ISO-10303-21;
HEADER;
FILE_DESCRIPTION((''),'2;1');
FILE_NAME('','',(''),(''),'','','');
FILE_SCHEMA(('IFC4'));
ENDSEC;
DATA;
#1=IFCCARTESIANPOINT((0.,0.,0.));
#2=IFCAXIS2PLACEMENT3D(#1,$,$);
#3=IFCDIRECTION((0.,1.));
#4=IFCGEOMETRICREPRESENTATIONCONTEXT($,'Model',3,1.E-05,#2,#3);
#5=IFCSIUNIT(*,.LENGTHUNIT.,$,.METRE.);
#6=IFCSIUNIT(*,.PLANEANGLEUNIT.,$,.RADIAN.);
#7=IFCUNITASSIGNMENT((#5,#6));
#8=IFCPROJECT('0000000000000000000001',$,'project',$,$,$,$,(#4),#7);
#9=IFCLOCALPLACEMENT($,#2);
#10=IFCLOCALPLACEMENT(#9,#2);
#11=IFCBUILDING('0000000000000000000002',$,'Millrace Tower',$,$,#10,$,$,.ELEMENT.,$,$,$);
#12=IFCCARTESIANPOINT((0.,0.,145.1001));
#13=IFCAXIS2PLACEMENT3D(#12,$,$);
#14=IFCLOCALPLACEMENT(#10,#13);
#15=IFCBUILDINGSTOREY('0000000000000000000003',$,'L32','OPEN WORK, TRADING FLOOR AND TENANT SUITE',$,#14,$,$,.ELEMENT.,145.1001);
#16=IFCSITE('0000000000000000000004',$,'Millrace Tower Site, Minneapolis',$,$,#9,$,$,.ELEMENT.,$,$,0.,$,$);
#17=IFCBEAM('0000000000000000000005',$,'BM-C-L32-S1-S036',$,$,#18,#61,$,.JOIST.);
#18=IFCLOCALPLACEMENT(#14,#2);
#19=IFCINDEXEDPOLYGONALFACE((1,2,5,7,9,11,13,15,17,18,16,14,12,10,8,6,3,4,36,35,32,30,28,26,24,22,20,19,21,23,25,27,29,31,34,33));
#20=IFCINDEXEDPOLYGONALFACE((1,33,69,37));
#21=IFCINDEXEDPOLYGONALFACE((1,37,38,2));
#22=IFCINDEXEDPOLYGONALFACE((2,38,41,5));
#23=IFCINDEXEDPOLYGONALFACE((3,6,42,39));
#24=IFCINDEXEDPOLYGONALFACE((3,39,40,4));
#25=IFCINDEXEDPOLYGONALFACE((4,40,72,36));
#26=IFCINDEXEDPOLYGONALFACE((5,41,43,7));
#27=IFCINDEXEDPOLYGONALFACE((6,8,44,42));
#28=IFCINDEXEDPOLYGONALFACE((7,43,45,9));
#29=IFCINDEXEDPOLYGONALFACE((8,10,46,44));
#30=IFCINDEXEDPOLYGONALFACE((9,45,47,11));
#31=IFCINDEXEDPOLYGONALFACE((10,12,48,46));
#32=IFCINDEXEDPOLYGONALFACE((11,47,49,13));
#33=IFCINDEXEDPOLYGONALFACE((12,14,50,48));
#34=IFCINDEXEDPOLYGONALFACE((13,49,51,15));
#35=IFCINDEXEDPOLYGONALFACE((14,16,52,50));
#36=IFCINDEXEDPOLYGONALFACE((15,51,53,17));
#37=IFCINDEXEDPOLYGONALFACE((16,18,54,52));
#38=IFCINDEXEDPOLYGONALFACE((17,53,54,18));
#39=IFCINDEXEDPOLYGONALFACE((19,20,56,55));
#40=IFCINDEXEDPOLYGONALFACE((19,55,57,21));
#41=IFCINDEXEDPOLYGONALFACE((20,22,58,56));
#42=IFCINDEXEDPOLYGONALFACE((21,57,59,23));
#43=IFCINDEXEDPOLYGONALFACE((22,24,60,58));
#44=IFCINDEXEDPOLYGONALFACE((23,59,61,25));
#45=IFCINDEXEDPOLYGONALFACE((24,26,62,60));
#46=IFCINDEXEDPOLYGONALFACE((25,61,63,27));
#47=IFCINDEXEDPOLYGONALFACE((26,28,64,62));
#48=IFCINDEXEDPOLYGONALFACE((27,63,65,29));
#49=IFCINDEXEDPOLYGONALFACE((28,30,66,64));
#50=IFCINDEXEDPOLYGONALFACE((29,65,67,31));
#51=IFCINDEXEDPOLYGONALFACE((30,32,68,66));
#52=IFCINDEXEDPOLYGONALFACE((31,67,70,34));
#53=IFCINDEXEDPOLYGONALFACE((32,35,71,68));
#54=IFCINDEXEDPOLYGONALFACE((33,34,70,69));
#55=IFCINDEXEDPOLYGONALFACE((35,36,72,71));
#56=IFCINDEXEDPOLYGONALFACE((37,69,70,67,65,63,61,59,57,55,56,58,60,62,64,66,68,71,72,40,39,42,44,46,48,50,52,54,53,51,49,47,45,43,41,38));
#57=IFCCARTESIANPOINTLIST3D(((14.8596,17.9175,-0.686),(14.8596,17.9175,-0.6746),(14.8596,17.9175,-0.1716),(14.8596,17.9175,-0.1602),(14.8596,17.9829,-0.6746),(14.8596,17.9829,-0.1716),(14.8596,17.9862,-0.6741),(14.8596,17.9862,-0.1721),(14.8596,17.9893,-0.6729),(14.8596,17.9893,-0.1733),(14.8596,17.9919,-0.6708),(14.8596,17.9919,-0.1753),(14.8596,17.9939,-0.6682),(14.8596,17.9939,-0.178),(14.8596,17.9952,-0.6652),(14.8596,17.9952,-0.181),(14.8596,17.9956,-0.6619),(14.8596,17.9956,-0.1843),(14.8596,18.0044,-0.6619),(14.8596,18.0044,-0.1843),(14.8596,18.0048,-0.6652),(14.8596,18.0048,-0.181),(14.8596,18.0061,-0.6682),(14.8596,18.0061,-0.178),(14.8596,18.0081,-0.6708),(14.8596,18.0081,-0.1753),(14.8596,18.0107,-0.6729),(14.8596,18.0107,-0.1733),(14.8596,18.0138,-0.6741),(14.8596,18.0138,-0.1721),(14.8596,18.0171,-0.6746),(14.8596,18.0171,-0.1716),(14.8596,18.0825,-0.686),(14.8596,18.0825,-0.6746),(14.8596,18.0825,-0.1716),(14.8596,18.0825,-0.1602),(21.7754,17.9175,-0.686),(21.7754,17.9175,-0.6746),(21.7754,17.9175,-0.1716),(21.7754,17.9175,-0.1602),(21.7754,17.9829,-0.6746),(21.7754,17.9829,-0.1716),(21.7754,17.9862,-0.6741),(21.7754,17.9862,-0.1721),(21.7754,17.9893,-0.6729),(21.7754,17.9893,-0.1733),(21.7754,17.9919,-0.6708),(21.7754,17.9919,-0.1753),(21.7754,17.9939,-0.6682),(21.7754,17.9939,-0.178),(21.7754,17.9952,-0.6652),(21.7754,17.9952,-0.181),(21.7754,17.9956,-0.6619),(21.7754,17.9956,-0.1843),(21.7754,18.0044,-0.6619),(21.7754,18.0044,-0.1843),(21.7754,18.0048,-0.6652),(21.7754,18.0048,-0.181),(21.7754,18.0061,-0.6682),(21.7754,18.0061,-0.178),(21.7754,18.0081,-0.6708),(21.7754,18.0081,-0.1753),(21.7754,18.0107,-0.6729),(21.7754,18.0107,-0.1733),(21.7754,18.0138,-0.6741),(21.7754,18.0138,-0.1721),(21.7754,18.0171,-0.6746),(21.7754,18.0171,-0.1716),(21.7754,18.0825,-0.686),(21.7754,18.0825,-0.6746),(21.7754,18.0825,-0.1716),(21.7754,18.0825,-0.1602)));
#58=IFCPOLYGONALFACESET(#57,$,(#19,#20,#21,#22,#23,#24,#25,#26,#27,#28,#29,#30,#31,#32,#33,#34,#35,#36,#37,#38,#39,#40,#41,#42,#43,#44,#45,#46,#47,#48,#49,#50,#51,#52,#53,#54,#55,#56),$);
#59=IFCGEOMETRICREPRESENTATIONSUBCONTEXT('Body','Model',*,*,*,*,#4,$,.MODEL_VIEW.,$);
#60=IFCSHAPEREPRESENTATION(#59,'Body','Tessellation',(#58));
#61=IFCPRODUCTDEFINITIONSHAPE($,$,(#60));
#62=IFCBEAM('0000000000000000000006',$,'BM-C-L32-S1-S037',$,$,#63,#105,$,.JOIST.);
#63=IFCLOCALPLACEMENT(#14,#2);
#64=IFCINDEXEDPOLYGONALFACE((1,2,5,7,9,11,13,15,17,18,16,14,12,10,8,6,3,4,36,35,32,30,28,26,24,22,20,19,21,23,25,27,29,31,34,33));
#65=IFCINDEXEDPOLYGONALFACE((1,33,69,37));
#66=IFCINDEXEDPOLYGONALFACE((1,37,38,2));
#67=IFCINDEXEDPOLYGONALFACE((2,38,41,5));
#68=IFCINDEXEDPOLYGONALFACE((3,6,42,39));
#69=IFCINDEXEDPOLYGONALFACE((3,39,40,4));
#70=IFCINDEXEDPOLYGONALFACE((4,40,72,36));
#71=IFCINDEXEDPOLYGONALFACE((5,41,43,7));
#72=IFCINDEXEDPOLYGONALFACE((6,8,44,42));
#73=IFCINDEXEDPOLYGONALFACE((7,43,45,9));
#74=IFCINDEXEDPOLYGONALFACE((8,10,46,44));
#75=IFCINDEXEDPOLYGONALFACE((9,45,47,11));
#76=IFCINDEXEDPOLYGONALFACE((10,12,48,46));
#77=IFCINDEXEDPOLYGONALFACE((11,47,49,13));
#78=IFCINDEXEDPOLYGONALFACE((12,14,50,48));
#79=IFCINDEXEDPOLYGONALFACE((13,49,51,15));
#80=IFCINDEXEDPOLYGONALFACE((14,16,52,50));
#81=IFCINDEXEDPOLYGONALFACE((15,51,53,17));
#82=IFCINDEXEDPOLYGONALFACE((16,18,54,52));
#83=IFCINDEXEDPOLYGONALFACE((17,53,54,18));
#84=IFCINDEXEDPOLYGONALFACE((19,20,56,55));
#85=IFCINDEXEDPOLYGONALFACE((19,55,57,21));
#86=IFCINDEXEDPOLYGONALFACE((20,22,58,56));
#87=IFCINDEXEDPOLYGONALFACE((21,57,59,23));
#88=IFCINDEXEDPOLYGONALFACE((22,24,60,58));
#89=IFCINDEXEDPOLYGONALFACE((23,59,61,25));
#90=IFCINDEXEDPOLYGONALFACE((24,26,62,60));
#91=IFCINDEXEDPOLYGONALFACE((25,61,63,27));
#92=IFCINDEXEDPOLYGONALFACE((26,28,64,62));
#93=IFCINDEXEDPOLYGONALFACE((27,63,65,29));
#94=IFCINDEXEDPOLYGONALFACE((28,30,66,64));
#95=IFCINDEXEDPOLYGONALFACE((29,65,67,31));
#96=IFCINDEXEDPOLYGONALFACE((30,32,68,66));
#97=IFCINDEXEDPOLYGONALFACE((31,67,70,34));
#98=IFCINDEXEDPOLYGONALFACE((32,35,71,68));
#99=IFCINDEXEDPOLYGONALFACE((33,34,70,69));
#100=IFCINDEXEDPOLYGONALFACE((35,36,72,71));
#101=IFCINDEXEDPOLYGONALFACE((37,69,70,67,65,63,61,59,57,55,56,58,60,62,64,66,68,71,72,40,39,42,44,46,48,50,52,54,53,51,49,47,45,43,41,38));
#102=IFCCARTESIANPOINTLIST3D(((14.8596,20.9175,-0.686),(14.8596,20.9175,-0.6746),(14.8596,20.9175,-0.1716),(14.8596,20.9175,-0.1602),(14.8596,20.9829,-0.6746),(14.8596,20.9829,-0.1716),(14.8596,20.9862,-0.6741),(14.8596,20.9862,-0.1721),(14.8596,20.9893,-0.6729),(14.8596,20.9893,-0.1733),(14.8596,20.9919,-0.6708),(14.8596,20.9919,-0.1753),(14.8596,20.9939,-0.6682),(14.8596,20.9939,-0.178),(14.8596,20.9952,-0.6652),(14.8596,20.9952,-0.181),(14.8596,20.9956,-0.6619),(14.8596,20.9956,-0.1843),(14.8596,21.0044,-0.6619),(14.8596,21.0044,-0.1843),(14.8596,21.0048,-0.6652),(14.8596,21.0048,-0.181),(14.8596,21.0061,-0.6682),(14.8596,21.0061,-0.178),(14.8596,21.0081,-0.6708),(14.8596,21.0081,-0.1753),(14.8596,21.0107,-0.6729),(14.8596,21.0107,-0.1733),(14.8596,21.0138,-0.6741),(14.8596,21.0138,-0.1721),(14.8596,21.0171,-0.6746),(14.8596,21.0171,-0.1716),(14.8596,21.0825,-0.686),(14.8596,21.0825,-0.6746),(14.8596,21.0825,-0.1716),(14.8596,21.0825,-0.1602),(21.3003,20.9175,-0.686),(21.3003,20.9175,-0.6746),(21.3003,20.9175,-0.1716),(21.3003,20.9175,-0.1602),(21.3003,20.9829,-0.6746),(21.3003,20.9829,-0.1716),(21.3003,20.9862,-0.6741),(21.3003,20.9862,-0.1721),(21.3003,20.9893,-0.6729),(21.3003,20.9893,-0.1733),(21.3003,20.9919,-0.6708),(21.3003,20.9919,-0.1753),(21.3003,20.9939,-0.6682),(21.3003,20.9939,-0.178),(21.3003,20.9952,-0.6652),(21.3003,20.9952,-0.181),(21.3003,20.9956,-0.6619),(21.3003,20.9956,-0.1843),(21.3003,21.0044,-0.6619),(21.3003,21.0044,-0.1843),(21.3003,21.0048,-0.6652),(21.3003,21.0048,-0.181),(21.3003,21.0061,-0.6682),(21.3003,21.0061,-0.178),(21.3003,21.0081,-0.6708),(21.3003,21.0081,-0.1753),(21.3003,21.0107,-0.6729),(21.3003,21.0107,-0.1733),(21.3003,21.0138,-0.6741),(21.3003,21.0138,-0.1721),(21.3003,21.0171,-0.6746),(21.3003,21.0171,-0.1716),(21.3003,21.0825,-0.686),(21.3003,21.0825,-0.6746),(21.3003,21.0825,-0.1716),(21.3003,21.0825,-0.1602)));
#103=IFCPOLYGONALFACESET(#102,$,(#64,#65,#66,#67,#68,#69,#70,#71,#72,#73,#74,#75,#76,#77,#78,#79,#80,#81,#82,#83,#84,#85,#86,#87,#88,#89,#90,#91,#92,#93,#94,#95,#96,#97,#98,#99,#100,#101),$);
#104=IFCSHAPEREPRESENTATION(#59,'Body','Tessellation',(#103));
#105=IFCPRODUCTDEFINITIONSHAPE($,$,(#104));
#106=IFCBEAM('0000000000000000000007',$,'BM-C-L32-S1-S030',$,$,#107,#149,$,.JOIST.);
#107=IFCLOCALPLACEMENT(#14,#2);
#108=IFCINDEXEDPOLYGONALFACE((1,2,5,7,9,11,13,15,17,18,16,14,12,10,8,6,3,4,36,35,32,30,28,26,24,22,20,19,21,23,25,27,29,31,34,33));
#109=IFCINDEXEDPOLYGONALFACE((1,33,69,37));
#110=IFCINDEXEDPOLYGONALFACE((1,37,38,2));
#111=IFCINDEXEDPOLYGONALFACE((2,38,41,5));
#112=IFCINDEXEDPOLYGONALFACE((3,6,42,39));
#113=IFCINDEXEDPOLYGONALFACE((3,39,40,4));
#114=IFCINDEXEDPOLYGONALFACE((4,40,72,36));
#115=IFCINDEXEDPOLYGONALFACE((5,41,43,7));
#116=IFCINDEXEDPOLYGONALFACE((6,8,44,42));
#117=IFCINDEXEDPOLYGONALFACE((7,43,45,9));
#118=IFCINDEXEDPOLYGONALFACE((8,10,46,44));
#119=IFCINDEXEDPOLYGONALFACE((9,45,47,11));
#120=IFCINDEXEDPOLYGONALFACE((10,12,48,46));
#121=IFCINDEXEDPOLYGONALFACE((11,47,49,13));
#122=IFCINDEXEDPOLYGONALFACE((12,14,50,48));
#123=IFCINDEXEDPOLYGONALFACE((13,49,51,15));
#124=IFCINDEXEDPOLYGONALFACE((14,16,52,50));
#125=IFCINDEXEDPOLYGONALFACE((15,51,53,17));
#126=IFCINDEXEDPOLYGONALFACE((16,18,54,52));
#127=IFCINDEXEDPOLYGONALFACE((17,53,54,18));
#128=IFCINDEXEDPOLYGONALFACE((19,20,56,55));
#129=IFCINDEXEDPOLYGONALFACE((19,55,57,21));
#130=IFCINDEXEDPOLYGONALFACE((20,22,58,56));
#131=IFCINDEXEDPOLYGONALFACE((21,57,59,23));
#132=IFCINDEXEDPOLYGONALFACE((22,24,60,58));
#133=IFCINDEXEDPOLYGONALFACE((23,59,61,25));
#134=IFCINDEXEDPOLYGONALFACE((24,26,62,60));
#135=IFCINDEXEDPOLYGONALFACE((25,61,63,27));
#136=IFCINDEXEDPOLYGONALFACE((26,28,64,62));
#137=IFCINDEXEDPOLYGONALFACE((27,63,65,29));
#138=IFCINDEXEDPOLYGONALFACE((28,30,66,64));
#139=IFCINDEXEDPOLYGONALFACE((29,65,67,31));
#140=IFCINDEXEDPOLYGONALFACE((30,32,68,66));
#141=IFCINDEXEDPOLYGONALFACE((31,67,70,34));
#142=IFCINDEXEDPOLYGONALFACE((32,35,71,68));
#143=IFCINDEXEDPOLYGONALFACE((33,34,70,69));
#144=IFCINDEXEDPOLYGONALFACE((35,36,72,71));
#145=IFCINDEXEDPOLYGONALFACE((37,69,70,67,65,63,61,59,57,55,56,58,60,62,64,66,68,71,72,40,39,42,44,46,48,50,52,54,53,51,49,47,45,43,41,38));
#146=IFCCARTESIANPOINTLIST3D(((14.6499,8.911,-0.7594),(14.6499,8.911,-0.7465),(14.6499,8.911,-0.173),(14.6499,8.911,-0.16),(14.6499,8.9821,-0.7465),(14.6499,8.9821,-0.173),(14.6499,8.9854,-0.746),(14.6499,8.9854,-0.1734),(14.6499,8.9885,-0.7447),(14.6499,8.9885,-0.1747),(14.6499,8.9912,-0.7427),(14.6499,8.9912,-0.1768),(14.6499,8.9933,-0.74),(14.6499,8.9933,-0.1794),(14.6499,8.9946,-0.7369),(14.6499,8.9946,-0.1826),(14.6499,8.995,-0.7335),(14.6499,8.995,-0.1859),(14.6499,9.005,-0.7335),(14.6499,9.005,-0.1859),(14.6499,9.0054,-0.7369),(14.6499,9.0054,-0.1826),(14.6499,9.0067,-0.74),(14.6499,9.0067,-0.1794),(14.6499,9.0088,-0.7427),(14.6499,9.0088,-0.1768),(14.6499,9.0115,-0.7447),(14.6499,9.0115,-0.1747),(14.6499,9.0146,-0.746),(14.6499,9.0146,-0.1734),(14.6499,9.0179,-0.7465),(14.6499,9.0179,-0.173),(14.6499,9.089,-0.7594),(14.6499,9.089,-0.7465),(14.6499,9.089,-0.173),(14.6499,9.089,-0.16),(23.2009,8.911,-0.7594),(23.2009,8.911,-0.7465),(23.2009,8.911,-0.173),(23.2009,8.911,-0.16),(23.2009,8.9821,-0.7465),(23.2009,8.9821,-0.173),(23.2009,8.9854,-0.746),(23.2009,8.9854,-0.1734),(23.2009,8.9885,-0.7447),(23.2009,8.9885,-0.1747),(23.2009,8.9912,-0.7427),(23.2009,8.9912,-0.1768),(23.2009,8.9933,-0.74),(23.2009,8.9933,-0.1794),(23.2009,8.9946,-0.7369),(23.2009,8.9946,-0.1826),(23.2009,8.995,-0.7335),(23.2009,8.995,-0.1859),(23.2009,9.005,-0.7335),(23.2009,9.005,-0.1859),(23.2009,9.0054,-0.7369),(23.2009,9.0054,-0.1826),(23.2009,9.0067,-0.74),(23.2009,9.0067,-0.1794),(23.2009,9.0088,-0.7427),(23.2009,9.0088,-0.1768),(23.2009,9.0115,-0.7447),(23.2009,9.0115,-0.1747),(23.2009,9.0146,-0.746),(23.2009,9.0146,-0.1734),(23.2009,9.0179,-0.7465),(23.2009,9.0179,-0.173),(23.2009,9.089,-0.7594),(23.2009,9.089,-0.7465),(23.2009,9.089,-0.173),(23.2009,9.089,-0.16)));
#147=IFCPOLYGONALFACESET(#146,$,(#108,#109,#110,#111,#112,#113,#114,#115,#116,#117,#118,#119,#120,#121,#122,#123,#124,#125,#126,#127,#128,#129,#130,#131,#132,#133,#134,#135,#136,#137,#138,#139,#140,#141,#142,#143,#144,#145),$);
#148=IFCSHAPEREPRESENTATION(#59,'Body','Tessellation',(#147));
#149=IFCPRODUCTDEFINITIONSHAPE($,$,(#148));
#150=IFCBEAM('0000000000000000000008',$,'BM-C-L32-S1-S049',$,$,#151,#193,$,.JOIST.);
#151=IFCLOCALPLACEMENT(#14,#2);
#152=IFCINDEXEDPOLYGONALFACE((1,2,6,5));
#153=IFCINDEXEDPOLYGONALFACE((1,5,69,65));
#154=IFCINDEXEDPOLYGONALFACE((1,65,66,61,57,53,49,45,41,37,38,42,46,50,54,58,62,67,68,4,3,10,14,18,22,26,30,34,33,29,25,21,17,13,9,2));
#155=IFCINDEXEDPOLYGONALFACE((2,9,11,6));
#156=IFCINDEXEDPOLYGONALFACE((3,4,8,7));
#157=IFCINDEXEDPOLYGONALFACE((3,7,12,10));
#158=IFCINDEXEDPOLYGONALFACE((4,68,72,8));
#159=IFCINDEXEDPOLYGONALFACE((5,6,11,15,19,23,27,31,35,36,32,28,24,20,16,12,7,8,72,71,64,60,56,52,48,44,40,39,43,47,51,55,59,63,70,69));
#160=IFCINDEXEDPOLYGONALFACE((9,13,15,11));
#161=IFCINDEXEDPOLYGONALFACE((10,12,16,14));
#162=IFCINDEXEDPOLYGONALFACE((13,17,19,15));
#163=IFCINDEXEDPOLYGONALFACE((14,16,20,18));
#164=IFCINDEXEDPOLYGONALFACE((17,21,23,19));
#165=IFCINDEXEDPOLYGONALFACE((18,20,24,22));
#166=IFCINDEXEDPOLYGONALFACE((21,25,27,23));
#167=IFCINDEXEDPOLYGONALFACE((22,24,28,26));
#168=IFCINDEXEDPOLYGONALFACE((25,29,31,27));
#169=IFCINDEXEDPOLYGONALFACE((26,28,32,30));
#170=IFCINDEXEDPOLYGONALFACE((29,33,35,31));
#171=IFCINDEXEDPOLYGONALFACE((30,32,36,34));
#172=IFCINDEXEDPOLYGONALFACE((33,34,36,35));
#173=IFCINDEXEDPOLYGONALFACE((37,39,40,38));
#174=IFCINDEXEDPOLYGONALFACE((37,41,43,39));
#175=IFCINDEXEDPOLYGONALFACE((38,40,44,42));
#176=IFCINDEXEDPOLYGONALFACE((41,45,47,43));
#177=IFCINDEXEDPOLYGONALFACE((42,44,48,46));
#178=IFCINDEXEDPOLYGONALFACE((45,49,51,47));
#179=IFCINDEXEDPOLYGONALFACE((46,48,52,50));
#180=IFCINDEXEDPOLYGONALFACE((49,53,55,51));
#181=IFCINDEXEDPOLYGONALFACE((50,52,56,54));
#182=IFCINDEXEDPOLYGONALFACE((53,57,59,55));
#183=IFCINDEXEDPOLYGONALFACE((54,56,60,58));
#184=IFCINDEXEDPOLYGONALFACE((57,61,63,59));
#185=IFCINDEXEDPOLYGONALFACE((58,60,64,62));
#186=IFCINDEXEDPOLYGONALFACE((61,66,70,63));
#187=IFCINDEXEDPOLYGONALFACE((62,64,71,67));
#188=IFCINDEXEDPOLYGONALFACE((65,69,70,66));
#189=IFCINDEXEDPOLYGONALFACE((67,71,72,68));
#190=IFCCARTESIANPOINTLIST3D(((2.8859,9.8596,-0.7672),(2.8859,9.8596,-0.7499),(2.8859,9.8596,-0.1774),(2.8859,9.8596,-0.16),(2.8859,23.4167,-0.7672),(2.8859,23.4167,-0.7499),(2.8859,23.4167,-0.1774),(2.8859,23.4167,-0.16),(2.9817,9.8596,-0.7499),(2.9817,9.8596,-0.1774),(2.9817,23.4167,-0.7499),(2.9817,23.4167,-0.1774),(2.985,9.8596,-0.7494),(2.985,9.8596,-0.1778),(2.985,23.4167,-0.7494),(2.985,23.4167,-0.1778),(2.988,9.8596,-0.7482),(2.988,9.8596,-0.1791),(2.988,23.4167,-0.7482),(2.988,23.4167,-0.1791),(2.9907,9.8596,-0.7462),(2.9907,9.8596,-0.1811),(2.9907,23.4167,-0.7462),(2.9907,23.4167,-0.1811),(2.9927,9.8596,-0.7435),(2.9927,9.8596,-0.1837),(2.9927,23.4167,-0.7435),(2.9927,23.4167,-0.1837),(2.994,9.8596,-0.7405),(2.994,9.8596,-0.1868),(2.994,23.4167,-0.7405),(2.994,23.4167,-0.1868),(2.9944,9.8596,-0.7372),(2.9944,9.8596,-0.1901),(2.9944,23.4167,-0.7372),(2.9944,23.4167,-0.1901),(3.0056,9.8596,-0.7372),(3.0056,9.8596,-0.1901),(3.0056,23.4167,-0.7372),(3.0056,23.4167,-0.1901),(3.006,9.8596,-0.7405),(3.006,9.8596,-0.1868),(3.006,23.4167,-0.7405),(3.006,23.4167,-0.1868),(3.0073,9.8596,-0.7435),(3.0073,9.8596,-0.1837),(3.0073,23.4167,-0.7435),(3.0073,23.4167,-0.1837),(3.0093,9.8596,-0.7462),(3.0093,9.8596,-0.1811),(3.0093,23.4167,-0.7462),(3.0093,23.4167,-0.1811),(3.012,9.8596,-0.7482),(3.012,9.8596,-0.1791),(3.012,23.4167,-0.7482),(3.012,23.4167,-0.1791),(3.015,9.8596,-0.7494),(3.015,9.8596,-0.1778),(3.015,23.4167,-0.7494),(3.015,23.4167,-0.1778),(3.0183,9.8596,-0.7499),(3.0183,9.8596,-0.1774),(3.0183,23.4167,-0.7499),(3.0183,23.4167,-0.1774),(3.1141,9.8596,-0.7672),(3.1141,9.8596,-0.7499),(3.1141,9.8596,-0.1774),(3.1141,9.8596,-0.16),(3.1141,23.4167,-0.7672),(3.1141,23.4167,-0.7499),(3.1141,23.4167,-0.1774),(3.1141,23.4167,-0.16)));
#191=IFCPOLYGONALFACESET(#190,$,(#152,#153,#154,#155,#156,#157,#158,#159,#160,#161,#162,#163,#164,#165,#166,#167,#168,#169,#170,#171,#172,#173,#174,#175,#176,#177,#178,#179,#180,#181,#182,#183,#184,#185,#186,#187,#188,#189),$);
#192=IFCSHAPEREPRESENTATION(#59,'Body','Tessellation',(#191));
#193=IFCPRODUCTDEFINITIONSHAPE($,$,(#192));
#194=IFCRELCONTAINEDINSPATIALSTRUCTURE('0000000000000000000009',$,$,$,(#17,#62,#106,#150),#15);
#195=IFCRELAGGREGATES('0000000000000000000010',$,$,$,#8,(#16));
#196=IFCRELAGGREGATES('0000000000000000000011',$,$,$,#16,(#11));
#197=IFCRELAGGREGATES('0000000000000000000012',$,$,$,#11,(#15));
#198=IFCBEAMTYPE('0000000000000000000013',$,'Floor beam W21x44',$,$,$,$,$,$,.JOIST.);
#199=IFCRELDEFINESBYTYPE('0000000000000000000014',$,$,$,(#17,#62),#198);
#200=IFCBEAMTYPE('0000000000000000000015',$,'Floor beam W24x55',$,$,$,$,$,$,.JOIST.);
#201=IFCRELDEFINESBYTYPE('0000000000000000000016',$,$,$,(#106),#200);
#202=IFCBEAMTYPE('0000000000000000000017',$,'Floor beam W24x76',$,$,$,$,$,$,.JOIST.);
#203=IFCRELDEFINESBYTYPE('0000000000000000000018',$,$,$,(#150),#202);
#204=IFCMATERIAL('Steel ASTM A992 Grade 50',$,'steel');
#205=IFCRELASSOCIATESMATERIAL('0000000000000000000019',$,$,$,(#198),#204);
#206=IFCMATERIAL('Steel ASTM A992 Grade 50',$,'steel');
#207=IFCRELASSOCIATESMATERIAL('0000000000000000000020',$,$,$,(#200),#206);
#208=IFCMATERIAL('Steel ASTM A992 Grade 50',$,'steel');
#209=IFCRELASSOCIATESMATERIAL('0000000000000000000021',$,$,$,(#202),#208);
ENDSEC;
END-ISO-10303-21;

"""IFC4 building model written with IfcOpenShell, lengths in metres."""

from ifc_helpers import new_model, si_unit, direction, frame, origin, origin_2d, place, context, subcontext, project, spatial, i_section, extrude, material, material_profile, profile_set, type_object, element, save


model = new_model("IFC4")

# Units and contexts
model_context = context("Model", 3, precision=1e-05, world=origin(), true_north=direction((0.0, 1.0)))
body_context = subcontext(model_context, "Body", "Model", "MODEL_VIEW")
ifc_project = project(units=[si_unit("LENGTHUNIT", "METRE"), si_unit("PLANEANGLEUNIT", "RADIAN")], contexts=[model_context])

# Site, building, storey
site_placement = place(None, origin())
site = spatial("IfcSite", under=ifc_project, at=site_placement, Name="Millrace Tower Site, Minneapolis", CompositionType="ELEMENT", RefElevation=0.0)
building_placement = place(site_placement, origin())
building = spatial("IfcBuilding", under=site, at=building_placement, Name="Millrace Tower", CompositionType="ELEMENT")
storey_placement = place(building_placement, frame((0.0, 0.0, 145.1001)))
storey = spatial("IfcBuildingStorey", under=building, at=storey_placement, Name="L32", Description="OPEN WORK, TRADING FLOOR AND TENANT SUITE", CompositionType="ELEMENT", Elevation=145.1001)

# Beams
ifc_material_1 = material(Name="Steel ASTM A992 Grade 50", Category="steel")
ifc_material_profile_1 = material_profile(ifc_material_1, i_section(OverallWidth=0.165, OverallDepth=0.5259, WebThickness=0.0088, FlangeThickness=0.0115, FilletRadius=0.0127, at=origin_2d()))
ifc_profile_set_1 = profile_set([ifc_material_profile_1], Name="Steel ASTM A992 Grade 50")
beam_type_1 = type_object("IfcBeamType", Name="Floor beam W21x44", PredefinedType="JOIST", material=ifc_profile_set_1)
beam_1_placement = place(storey_placement, frame((14.8596, 18.0, -0.4231), z_axis=(1.0, 0.0, 0.0), x_axis=(0.0, 1.0, 0.0)))
element("IfcBeam", 1, at=beam_1_placement, inside=storey, type_object=beam_type_1, Name="BM-C-L32-S1-S036", PredefinedType="JOIST", context=body_context, shape_type="SweptSolid", body=[
    extrude(i_section(OverallWidth=0.165, OverallDepth=0.5259, WebThickness=0.0088, FlangeThickness=0.0115, FilletRadius=0.0127, at=origin_2d()), origin(), (0.0, 0.0, 1.0), 6.9158),
])
beam_2_placement = place(storey_placement, frame((14.8596, 21.0, -0.4231), z_axis=(1.0, 0.0, 0.0), x_axis=(0.0, 1.0, 0.0)))
element("IfcBeam", 2, at=beam_2_placement, inside=storey, type_object=beam_type_1, Name="BM-C-L32-S1-S037", PredefinedType="JOIST", context=body_context, shape_type="SweptSolid", body=[
    extrude(i_section(OverallWidth=0.165, OverallDepth=0.5259, WebThickness=0.0088, FlangeThickness=0.0115, FilletRadius=0.0127, at=origin_2d()), origin(), (0.0, 0.0, 1.0), 6.4407),
])
ifc_material_2 = material(Name="Steel ASTM A992 Grade 50", Category="steel")
ifc_material_profile_2 = material_profile(ifc_material_2, i_section(OverallWidth=0.178, OverallDepth=0.5994, WebThickness=0.01, FlangeThickness=0.0129, FilletRadius=0.0129, at=origin_2d()))
ifc_profile_set_2 = profile_set([ifc_material_profile_2], Name="Steel ASTM A992 Grade 50")
beam_type_2 = type_object("IfcBeamType", Name="Floor beam W24x55", PredefinedType="JOIST", material=ifc_profile_set_2)
beam_3_placement = place(storey_placement, frame((14.6499, 9.0, -0.4597), z_axis=(1.0, 0.0, 0.0), x_axis=(0.0, 1.0, 0.0)))
element("IfcBeam", 3, at=beam_3_placement, inside=storey, type_object=beam_type_2, Name="BM-C-L32-S1-S030", PredefinedType="JOIST", context=body_context, shape_type="SweptSolid", body=[
    extrude(i_section(OverallWidth=0.178, OverallDepth=0.5994, WebThickness=0.01, FlangeThickness=0.0129, FilletRadius=0.0129, at=origin_2d()), origin(), (0.0, 0.0, 1.0), 8.551),
])
ifc_material_3 = material(Name="Steel ASTM A992 Grade 50", Category="steel")
ifc_material_profile_3 = material_profile(ifc_material_3, i_section(OverallWidth=0.2283, OverallDepth=0.6072, WebThickness=0.0112, FlangeThickness=0.0173, FilletRadius=0.0127, at=origin_2d()))
ifc_profile_set_3 = profile_set([ifc_material_profile_3], Name="Steel ASTM A992 Grade 50")
beam_type_3 = type_object("IfcBeamType", Name="Floor beam W24x76", PredefinedType="JOIST", material=ifc_profile_set_3)
beam_4_placement = place(storey_placement, frame((3.0, 9.8596, -0.4636), z_axis=(0.0, 1.0, 0.0), x_axis=(-1.0, 0.0, 0.0)))
element("IfcBeam", 4, at=beam_4_placement, inside=storey, type_object=beam_type_3, Name="BM-C-L32-S1-S049", PredefinedType="JOIST", context=body_context, shape_type="SweptSolid", body=[
    extrude(i_section(OverallWidth=0.2283, OverallDepth=0.6072, WebThickness=0.0112, FlangeThickness=0.0173, FilletRadius=0.0127, at=origin_2d()), origin(), (0.0, 0.0, 1.0), 13.5571),
])

save(model, "model.ifc")
